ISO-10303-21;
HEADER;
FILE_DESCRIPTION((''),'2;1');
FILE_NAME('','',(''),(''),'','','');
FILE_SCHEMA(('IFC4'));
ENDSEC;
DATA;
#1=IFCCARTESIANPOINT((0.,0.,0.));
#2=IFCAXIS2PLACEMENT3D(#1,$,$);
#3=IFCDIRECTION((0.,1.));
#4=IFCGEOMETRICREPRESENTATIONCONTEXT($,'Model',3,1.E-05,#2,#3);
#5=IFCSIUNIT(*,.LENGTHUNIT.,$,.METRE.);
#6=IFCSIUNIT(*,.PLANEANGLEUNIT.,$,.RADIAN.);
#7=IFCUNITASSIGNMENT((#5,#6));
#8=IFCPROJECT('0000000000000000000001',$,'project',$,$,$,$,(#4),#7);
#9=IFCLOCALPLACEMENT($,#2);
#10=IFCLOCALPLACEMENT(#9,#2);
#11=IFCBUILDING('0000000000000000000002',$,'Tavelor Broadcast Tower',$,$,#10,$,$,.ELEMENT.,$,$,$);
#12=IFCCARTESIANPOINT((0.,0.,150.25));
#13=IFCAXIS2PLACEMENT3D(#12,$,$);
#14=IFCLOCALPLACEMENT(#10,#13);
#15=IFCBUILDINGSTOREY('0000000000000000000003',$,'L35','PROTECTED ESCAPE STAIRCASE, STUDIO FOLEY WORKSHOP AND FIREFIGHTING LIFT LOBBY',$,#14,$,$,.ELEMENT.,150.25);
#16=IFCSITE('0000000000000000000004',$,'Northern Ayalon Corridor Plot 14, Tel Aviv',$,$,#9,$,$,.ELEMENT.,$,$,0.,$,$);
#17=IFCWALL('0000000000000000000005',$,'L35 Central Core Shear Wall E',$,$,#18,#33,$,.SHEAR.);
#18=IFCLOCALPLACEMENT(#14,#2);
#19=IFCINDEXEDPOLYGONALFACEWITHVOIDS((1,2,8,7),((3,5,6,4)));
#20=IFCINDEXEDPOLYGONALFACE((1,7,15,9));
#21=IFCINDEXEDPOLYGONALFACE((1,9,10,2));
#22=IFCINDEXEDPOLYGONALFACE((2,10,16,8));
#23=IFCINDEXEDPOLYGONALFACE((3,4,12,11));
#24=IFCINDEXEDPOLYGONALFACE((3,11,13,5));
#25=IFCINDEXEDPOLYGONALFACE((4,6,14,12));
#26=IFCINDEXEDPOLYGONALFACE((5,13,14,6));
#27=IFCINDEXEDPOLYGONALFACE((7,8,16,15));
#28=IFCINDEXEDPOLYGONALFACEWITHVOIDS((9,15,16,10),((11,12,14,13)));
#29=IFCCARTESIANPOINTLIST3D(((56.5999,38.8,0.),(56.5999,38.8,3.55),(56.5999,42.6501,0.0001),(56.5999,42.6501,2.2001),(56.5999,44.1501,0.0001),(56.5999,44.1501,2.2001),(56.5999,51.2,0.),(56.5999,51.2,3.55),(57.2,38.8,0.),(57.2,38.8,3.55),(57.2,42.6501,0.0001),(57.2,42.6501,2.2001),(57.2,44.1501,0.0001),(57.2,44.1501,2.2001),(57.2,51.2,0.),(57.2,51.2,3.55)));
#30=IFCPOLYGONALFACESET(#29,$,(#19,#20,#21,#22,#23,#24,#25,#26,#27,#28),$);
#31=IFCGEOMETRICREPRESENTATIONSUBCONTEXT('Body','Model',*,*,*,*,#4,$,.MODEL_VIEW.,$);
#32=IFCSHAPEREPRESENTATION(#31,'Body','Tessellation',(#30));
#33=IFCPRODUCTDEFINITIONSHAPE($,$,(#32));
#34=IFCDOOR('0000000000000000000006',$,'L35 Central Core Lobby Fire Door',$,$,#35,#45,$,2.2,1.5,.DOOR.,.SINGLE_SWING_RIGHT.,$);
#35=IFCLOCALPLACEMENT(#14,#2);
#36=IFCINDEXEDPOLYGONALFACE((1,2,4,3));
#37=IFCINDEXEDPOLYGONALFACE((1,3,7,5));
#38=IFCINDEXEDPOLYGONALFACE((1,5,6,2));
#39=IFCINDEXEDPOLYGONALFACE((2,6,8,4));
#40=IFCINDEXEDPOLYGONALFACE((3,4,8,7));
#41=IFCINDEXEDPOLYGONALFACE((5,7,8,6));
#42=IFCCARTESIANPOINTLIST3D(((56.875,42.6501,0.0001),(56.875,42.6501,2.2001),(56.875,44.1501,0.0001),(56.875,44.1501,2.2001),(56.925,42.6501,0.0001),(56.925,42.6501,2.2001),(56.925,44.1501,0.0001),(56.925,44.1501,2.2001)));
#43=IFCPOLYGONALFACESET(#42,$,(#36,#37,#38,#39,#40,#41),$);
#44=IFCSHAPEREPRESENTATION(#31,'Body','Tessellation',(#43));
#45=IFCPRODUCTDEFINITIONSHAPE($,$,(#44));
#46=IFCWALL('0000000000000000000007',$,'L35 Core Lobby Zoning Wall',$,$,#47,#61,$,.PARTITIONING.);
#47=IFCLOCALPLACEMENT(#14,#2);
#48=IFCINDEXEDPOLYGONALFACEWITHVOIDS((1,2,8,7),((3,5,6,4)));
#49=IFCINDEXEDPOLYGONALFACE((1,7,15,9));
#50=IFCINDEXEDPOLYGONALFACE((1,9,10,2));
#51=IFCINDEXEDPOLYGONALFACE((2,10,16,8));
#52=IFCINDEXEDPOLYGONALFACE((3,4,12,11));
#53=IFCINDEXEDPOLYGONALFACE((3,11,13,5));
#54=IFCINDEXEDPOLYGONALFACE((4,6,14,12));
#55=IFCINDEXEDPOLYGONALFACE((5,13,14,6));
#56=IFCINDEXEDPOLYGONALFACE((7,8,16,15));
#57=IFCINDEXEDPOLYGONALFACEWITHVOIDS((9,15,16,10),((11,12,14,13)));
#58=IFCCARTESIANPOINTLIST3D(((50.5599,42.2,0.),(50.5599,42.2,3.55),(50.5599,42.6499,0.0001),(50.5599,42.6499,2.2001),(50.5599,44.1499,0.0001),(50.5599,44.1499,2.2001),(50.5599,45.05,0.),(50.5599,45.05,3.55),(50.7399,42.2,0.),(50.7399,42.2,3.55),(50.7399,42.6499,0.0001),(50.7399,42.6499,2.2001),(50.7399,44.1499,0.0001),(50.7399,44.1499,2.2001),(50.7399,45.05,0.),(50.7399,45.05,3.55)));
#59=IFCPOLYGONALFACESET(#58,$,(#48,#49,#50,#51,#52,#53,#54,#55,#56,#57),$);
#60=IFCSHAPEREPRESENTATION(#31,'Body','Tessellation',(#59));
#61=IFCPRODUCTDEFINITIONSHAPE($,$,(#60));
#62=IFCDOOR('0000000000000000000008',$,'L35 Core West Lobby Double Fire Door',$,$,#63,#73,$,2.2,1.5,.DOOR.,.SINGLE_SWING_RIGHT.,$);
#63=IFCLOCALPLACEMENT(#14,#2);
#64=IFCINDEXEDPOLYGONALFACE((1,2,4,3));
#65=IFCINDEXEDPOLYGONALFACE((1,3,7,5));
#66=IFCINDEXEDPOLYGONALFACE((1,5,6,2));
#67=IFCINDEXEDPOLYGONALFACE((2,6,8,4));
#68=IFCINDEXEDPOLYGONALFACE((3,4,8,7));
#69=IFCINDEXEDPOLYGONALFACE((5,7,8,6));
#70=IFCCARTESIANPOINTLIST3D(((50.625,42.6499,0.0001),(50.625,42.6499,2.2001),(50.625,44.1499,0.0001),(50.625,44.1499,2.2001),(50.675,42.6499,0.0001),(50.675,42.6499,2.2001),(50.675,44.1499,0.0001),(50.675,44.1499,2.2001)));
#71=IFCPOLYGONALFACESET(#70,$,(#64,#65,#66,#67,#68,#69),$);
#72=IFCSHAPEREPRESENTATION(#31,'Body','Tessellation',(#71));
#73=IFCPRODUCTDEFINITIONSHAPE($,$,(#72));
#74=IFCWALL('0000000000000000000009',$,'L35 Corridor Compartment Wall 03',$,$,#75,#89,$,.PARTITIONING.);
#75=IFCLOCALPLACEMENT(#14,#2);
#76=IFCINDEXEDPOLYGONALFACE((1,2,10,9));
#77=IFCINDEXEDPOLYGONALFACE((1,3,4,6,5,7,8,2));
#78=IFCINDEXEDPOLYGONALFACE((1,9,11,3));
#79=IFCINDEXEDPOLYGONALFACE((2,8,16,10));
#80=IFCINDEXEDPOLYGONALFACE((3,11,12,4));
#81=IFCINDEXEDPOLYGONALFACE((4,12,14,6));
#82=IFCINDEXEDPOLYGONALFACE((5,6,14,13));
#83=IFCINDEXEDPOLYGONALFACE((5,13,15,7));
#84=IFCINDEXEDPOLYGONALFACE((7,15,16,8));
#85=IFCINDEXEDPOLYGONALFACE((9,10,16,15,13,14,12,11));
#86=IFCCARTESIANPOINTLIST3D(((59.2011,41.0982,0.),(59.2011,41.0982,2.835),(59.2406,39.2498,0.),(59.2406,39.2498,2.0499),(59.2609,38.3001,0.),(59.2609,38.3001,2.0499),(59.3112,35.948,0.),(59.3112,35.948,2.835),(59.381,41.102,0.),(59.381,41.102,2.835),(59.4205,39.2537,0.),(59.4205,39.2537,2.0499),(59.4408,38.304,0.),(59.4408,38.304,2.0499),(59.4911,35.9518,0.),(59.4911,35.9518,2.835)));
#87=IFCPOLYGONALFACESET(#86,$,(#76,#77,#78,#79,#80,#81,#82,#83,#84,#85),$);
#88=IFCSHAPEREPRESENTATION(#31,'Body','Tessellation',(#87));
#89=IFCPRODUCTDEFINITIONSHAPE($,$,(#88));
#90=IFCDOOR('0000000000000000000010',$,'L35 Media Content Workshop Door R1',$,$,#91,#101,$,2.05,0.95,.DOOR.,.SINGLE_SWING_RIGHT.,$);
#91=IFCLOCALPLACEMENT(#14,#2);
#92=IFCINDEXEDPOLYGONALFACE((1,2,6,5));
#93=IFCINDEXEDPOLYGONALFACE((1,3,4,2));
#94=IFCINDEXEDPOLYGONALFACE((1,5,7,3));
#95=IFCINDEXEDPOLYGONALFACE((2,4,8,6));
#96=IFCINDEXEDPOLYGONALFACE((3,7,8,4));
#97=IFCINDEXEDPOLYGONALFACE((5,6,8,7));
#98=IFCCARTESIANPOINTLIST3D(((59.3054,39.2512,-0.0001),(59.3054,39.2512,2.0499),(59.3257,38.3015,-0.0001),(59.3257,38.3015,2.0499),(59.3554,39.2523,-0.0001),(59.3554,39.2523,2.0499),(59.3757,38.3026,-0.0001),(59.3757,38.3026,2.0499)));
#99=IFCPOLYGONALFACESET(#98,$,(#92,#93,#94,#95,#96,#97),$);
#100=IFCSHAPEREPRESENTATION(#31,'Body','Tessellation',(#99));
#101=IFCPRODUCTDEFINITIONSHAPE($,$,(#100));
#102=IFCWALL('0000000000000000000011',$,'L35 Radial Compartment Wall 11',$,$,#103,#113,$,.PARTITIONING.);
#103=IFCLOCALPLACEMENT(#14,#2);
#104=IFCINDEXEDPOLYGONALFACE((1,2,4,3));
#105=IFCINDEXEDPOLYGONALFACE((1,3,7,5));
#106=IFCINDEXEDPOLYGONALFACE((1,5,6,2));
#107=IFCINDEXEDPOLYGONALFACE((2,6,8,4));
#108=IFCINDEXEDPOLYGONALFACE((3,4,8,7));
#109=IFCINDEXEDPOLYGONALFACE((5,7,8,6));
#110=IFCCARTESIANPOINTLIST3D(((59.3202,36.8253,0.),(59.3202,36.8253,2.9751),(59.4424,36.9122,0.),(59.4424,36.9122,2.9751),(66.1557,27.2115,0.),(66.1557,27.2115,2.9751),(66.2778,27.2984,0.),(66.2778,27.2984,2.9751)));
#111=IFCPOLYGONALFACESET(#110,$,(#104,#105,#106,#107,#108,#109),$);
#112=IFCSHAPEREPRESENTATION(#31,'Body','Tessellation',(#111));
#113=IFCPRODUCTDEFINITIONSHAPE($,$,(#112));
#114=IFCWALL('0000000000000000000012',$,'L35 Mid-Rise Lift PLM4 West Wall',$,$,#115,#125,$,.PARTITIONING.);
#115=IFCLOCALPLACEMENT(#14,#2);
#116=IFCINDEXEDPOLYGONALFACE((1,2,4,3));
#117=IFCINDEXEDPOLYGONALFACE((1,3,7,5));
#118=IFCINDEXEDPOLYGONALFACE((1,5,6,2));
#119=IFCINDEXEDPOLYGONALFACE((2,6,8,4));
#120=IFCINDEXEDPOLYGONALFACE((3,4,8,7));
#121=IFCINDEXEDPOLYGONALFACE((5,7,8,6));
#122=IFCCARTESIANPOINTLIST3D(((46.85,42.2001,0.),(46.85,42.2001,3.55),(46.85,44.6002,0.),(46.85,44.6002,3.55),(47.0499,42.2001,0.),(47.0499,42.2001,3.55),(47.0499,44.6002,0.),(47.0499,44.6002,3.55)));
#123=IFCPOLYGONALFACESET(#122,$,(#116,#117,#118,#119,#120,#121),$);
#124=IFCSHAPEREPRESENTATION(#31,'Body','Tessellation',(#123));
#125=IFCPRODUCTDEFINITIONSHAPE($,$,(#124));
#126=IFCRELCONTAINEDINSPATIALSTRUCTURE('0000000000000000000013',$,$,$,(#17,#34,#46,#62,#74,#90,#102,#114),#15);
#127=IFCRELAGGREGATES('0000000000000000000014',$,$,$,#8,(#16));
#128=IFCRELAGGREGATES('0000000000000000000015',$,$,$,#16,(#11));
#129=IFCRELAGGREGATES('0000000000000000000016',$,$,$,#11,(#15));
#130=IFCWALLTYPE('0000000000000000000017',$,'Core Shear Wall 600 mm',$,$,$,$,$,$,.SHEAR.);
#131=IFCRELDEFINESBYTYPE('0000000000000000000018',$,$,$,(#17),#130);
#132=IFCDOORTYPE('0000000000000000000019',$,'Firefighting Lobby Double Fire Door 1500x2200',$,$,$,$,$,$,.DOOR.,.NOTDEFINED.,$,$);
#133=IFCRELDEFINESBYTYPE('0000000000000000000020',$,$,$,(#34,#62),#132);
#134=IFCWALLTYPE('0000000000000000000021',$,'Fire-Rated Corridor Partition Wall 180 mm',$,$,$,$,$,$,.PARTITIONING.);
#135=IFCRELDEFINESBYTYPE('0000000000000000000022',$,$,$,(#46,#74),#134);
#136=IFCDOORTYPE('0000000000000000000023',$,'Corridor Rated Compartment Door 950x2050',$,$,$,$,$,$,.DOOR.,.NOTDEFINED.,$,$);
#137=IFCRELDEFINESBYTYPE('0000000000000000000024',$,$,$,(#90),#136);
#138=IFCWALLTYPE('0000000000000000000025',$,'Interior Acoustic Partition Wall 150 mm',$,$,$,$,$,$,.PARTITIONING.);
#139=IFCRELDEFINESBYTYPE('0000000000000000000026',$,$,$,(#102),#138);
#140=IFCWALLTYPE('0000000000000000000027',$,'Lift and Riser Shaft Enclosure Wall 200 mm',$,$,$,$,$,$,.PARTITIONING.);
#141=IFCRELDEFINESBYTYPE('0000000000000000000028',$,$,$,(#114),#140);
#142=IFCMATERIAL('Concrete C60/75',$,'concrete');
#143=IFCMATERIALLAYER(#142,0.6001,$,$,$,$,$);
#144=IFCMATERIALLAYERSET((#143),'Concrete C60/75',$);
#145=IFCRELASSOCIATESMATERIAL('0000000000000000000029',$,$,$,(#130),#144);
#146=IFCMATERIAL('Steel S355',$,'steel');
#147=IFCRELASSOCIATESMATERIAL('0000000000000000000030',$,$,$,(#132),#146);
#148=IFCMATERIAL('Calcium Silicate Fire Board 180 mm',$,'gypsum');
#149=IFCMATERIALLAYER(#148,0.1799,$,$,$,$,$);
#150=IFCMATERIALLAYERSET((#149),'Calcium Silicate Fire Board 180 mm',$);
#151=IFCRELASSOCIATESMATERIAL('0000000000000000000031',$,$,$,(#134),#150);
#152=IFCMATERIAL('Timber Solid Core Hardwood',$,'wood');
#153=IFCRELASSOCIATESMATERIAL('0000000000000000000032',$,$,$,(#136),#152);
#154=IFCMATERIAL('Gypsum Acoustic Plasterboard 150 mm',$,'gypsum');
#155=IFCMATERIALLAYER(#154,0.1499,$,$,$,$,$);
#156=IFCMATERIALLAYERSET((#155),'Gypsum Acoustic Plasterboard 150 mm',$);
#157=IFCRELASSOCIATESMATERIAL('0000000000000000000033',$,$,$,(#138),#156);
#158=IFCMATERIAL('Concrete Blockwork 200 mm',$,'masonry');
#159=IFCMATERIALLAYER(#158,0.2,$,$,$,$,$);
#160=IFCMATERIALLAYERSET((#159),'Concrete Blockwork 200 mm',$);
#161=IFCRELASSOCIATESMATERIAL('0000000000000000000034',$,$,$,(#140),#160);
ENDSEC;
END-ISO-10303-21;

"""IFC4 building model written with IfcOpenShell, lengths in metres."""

from ifc_helpers import new_model, si_unit, direction, frame, frame_2d, origin, place, context, subcontext, project, spatial, rectangle, extrude, material, layer, layer_set, type_object, element, fill, save


model = new_model("IFC4")

# Units and contexts
model_context = context("Model", 3, precision=1e-05, world=origin(), true_north=direction((0.0, 1.0)))
body_context = subcontext(model_context, "Body", "Model", "MODEL_VIEW")
ifc_project = project(units=[si_unit("LENGTHUNIT", "METRE"), si_unit("PLANEANGLEUNIT", "RADIAN")], contexts=[model_context])

# Site, building, storey
site_placement = place(None, origin())
site = spatial("IfcSite", under=ifc_project, at=site_placement, Name="Northern Ayalon Corridor Plot 14, Tel Aviv", CompositionType="ELEMENT", RefElevation=0.0)
building_placement = place(site_placement, origin())
building = spatial("IfcBuilding", under=site, at=building_placement, Name="Tavelor Broadcast Tower", CompositionType="ELEMENT")
storey_placement = place(building_placement, frame((0.0, 0.0, 150.25)))
storey = spatial("IfcBuildingStorey", under=building, at=storey_placement, Name="L35", Description="PROTECTED ESCAPE STAIRCASE, STUDIO FOLEY WORKSHOP AND FIREFIGHTING LIFT LOBBY", CompositionType="ELEMENT", Elevation=150.25)

# Shared definitions
ifc_material_1 = material(Name="Concrete C60/75", Category="concrete")

# Shared definitions
ifc_material_2 = material(Name="Steel S355", Category="steel")

# Walls, openings, doors
ifc_layer_1 = layer(ifc_material_1, 0.6001)
ifc_layer_set_1 = layer_set([ifc_layer_1], Name="Concrete C60/75")
wall_type_1 = type_object("IfcWallType", Name="Core Shear Wall 600 mm", PredefinedType="SHEAR", material=ifc_layer_set_1)
wall_1_placement = place(storey_placement, frame((56.8999, 38.8, 0.0), z_axis=(0.0, 0.0, 1.0), x_axis=(0.0, 1.0, 0.0)))
wall_1 = element("IfcWall", 1, at=wall_1_placement, inside=storey, type_object=wall_type_1, Name="L35 Central Core Shear Wall E", PredefinedType="SHEAR", context=body_context, shape_type="SweptSolid", body=[
    extrude(rectangle(XDim=12.3999, YDim=0.6001, at=frame_2d((6.2, 0.0))), origin(), (0.0, 0.0, 1.0), 3.55),
])
opening_1_placement = place(wall_1_placement, frame((3.8501, 0.0, 0.0)))
opening_1 = element("IfcOpeningElement", 2, at=opening_1_placement, cuts=wall_1, PredefinedType="OPENING", context=body_context, shape_type="SweptSolid", body=[
    extrude(rectangle(XDim=1.5, YDim=2.2, at=frame_2d((0.75, 1.1001))), frame((0.0, 0.3101, 0.0), z_axis=(0.0, -1.0, 0.0), x_axis=(1.0, 0.0, 0.0)), (0.0, 0.0, 1.0), 0.6201),
])
door_type_1 = type_object("IfcDoorType", Name="Firefighting Lobby Double Fire Door 1500x2200", OperationType="NOTDEFINED", PredefinedType="DOOR", material=ifc_material_2)
door_1_placement = place(opening_1_placement, origin())
door_1 = element("IfcDoor", 3, at=door_1_placement, inside=storey, type_object=door_type_1, Name="L35 Central Core Lobby Fire Door", OperationType="SINGLE_SWING_RIGHT", OverallHeight=2.2, OverallWidth=1.5, PredefinedType="DOOR", context=body_context, shape_type="SweptSolid", body=[
    extrude(rectangle(XDim=1.5, YDim=2.2, at=frame_2d((0.75, 1.1001))), frame((0.0, 0.0249, 0.0), z_axis=(0.0, -1.0, 0.0), x_axis=(1.0, 0.0, 0.0)), (0.0, 0.0, 1.0), 0.05),
])
fill(opening_1, door_1)
ifc_material_3 = material(Name="Calcium Silicate Fire Board 180 mm", Category="gypsum")
ifc_layer_2 = layer(ifc_material_3, 0.1799)
ifc_layer_set_2 = layer_set([ifc_layer_2], Name="Calcium Silicate Fire Board 180 mm")
wall_type_2 = type_object("IfcWallType", Name="Fire-Rated Corridor Partition Wall 180 mm", PredefinedType="PARTITIONING", material=ifc_layer_set_2)
wall_2_placement = place(storey_placement, frame((50.6499, 42.2, 0.0), z_axis=(0.0, 0.0, 1.0), x_axis=(0.0, 1.0, 0.0)))
wall_2 = element("IfcWall", 4, at=wall_2_placement, inside=storey, type_object=wall_type_2, Name="L35 Core Lobby Zoning Wall", PredefinedType="PARTITIONING", context=body_context, shape_type="SweptSolid", body=[
    extrude(rectangle(XDim=2.8501, YDim=0.1799, at=frame_2d((1.425, 0.0))), origin(), (0.0, 0.0, 1.0), 3.55),
])
opening_2_placement = place(wall_2_placement, frame((0.45, 0.0, 0.0)))
opening_2 = element("IfcOpeningElement", 5, at=opening_2_placement, cuts=wall_2, PredefinedType="OPENING", context=body_context, shape_type="SweptSolid", body=[
    extrude(rectangle(XDim=1.5, YDim=2.2, at=frame_2d((0.75, 1.1001))), frame((0.0, 0.1001, 0.0), z_axis=(0.0, -1.0, 0.0), x_axis=(1.0, 0.0, 0.0)), (0.0, 0.0, 1.0), 0.2),
])
door_2_placement = place(opening_2_placement, origin())
door_2 = element("IfcDoor", 6, at=door_2_placement, inside=storey, type_object=door_type_1, Name="L35 Core West Lobby Double Fire Door", OperationType="SINGLE_SWING_RIGHT", OverallHeight=2.2, OverallWidth=1.5, PredefinedType="DOOR", context=body_context, shape_type="SweptSolid", body=[
    extrude(rectangle(XDim=1.5, YDim=2.2, at=frame_2d((0.75, 1.1001))), frame((0.0, 0.0249, 0.0), z_axis=(0.0, -1.0, 0.0), x_axis=(1.0, 0.0, 0.0)), (0.0, 0.0, 1.0), 0.05),
])
fill(opening_2, door_2)
wall_3_placement = place(storey_placement, frame((59.291, 41.1001, 0.0), z_axis=(0.0, 0.0, 1.0), x_axis=(0.021375, -0.999772, 0.0)))
wall_3 = element("IfcWall", 7, at=wall_3_placement, inside=storey, type_object=wall_type_2, Name="L35 Corridor Compartment Wall 03", PredefinedType="PARTITIONING", context=body_context, shape_type="SweptSolid", body=[
    extrude(rectangle(XDim=5.1514, YDim=0.1799, at=frame_2d((2.5757, 0.0))), origin(), (0.0, 0.0, 1.0), 2.835),
])
opening_3_placement = place(wall_3_placement, frame((1.8486, 0.0, 0.0)))
opening_3 = element("IfcOpeningElement", 8, at=opening_3_placement, cuts=wall_3, PredefinedType="OPENING", context=body_context, shape_type="SweptSolid", body=[
    extrude(rectangle(XDim=0.95, YDim=2.05, at=frame_2d((0.4751, 1.0249))), frame((0.0, 0.1001, 0.0), z_axis=(0.0, -1.0, 0.0), x_axis=(1.0, 0.0, 0.0)), (0.0, 0.0, 1.0), 0.2),
])
ifc_material_4 = material(Name="Timber Solid Core Hardwood", Category="wood")
door_type_2 = type_object("IfcDoorType", Name="Corridor Rated Compartment Door 950x2050", OperationType="NOTDEFINED", PredefinedType="DOOR", material=ifc_material_4)
door_3_placement = place(opening_3_placement, origin())
door_3 = element("IfcDoor", 9, at=door_3_placement, inside=storey, type_object=door_type_2, Name="L35 Media Content Workshop Door R1", OperationType="SINGLE_SWING_RIGHT", OverallHeight=2.05, OverallWidth=0.95, PredefinedType="DOOR", context=body_context, shape_type="SweptSolid", body=[
    extrude(rectangle(XDim=0.95, YDim=2.05, at=frame_2d((0.4751, 1.0249))), frame((0.0, 0.0249, 0.0), z_axis=(0.0, -1.0, 0.0), x_axis=(1.0, 0.0, 0.0)), (0.0, 0.0, 1.0), 0.05),
])
fill(opening_3, door_3)

# Wall
ifc_material_5 = material(Name="Gypsum Acoustic Plasterboard 150 mm", Category="gypsum")
ifc_layer_3 = layer(ifc_material_5, 0.1499)
ifc_layer_set_3 = layer_set([ifc_layer_3], Name="Gypsum Acoustic Plasterboard 150 mm")
wall_type_3 = type_object("IfcWallType", Name="Interior Acoustic Partition Wall 150 mm", PredefinedType="PARTITIONING", material=ifc_layer_set_3)
wall_4_placement = place(storey_placement, frame((59.3813, 36.8687, 0.0), z_axis=(0.0, 0.0, 1.0), x_axis=(0.579467, -0.814996, 0.0)))
element("IfcWall", 10, at=wall_4_placement, inside=storey, type_object=wall_type_3, Name="L35 Radial Compartment Wall 11", PredefinedType="PARTITIONING", context=body_context, shape_type="SweptSolid", body=[
    extrude(rectangle(XDim=11.7961, YDim=0.1499, at=frame_2d((5.8979, 0.0))), origin(), (0.0, 0.0, 1.0), 2.9751),
])

# Shared definitions
ifc_material_6 = material(Name="Concrete Blockwork 200 mm", Category="masonry")

# Wall
ifc_layer_4 = layer(ifc_material_6, 0.2)
ifc_layer_set_4 = layer_set([ifc_layer_4], Name="Concrete Blockwork 200 mm")
wall_type_4 = type_object("IfcWallType", Name="Lift and Riser Shaft Enclosure Wall 200 mm", PredefinedType="PARTITIONING", material=ifc_layer_set_4)
wall_5_placement = place(storey_placement, frame((46.95, 42.2, 0.0), z_axis=(0.0, 0.0, 1.0), x_axis=(0.0, 1.0, 0.0)))
element("IfcWall", 11, at=wall_5_placement, inside=storey, type_object=wall_type_4, Name="L35 Mid-Rise Lift PLM4 West Wall", PredefinedType="PARTITIONING", context=body_context, shape_type="SweptSolid", body=[
    extrude(rectangle(XDim=2.4001, YDim=0.2, at=frame_2d((1.2002, 0.0))), origin(), (0.0, 0.0, 1.0), 3.55),
])

save(model, "model.ifc")
